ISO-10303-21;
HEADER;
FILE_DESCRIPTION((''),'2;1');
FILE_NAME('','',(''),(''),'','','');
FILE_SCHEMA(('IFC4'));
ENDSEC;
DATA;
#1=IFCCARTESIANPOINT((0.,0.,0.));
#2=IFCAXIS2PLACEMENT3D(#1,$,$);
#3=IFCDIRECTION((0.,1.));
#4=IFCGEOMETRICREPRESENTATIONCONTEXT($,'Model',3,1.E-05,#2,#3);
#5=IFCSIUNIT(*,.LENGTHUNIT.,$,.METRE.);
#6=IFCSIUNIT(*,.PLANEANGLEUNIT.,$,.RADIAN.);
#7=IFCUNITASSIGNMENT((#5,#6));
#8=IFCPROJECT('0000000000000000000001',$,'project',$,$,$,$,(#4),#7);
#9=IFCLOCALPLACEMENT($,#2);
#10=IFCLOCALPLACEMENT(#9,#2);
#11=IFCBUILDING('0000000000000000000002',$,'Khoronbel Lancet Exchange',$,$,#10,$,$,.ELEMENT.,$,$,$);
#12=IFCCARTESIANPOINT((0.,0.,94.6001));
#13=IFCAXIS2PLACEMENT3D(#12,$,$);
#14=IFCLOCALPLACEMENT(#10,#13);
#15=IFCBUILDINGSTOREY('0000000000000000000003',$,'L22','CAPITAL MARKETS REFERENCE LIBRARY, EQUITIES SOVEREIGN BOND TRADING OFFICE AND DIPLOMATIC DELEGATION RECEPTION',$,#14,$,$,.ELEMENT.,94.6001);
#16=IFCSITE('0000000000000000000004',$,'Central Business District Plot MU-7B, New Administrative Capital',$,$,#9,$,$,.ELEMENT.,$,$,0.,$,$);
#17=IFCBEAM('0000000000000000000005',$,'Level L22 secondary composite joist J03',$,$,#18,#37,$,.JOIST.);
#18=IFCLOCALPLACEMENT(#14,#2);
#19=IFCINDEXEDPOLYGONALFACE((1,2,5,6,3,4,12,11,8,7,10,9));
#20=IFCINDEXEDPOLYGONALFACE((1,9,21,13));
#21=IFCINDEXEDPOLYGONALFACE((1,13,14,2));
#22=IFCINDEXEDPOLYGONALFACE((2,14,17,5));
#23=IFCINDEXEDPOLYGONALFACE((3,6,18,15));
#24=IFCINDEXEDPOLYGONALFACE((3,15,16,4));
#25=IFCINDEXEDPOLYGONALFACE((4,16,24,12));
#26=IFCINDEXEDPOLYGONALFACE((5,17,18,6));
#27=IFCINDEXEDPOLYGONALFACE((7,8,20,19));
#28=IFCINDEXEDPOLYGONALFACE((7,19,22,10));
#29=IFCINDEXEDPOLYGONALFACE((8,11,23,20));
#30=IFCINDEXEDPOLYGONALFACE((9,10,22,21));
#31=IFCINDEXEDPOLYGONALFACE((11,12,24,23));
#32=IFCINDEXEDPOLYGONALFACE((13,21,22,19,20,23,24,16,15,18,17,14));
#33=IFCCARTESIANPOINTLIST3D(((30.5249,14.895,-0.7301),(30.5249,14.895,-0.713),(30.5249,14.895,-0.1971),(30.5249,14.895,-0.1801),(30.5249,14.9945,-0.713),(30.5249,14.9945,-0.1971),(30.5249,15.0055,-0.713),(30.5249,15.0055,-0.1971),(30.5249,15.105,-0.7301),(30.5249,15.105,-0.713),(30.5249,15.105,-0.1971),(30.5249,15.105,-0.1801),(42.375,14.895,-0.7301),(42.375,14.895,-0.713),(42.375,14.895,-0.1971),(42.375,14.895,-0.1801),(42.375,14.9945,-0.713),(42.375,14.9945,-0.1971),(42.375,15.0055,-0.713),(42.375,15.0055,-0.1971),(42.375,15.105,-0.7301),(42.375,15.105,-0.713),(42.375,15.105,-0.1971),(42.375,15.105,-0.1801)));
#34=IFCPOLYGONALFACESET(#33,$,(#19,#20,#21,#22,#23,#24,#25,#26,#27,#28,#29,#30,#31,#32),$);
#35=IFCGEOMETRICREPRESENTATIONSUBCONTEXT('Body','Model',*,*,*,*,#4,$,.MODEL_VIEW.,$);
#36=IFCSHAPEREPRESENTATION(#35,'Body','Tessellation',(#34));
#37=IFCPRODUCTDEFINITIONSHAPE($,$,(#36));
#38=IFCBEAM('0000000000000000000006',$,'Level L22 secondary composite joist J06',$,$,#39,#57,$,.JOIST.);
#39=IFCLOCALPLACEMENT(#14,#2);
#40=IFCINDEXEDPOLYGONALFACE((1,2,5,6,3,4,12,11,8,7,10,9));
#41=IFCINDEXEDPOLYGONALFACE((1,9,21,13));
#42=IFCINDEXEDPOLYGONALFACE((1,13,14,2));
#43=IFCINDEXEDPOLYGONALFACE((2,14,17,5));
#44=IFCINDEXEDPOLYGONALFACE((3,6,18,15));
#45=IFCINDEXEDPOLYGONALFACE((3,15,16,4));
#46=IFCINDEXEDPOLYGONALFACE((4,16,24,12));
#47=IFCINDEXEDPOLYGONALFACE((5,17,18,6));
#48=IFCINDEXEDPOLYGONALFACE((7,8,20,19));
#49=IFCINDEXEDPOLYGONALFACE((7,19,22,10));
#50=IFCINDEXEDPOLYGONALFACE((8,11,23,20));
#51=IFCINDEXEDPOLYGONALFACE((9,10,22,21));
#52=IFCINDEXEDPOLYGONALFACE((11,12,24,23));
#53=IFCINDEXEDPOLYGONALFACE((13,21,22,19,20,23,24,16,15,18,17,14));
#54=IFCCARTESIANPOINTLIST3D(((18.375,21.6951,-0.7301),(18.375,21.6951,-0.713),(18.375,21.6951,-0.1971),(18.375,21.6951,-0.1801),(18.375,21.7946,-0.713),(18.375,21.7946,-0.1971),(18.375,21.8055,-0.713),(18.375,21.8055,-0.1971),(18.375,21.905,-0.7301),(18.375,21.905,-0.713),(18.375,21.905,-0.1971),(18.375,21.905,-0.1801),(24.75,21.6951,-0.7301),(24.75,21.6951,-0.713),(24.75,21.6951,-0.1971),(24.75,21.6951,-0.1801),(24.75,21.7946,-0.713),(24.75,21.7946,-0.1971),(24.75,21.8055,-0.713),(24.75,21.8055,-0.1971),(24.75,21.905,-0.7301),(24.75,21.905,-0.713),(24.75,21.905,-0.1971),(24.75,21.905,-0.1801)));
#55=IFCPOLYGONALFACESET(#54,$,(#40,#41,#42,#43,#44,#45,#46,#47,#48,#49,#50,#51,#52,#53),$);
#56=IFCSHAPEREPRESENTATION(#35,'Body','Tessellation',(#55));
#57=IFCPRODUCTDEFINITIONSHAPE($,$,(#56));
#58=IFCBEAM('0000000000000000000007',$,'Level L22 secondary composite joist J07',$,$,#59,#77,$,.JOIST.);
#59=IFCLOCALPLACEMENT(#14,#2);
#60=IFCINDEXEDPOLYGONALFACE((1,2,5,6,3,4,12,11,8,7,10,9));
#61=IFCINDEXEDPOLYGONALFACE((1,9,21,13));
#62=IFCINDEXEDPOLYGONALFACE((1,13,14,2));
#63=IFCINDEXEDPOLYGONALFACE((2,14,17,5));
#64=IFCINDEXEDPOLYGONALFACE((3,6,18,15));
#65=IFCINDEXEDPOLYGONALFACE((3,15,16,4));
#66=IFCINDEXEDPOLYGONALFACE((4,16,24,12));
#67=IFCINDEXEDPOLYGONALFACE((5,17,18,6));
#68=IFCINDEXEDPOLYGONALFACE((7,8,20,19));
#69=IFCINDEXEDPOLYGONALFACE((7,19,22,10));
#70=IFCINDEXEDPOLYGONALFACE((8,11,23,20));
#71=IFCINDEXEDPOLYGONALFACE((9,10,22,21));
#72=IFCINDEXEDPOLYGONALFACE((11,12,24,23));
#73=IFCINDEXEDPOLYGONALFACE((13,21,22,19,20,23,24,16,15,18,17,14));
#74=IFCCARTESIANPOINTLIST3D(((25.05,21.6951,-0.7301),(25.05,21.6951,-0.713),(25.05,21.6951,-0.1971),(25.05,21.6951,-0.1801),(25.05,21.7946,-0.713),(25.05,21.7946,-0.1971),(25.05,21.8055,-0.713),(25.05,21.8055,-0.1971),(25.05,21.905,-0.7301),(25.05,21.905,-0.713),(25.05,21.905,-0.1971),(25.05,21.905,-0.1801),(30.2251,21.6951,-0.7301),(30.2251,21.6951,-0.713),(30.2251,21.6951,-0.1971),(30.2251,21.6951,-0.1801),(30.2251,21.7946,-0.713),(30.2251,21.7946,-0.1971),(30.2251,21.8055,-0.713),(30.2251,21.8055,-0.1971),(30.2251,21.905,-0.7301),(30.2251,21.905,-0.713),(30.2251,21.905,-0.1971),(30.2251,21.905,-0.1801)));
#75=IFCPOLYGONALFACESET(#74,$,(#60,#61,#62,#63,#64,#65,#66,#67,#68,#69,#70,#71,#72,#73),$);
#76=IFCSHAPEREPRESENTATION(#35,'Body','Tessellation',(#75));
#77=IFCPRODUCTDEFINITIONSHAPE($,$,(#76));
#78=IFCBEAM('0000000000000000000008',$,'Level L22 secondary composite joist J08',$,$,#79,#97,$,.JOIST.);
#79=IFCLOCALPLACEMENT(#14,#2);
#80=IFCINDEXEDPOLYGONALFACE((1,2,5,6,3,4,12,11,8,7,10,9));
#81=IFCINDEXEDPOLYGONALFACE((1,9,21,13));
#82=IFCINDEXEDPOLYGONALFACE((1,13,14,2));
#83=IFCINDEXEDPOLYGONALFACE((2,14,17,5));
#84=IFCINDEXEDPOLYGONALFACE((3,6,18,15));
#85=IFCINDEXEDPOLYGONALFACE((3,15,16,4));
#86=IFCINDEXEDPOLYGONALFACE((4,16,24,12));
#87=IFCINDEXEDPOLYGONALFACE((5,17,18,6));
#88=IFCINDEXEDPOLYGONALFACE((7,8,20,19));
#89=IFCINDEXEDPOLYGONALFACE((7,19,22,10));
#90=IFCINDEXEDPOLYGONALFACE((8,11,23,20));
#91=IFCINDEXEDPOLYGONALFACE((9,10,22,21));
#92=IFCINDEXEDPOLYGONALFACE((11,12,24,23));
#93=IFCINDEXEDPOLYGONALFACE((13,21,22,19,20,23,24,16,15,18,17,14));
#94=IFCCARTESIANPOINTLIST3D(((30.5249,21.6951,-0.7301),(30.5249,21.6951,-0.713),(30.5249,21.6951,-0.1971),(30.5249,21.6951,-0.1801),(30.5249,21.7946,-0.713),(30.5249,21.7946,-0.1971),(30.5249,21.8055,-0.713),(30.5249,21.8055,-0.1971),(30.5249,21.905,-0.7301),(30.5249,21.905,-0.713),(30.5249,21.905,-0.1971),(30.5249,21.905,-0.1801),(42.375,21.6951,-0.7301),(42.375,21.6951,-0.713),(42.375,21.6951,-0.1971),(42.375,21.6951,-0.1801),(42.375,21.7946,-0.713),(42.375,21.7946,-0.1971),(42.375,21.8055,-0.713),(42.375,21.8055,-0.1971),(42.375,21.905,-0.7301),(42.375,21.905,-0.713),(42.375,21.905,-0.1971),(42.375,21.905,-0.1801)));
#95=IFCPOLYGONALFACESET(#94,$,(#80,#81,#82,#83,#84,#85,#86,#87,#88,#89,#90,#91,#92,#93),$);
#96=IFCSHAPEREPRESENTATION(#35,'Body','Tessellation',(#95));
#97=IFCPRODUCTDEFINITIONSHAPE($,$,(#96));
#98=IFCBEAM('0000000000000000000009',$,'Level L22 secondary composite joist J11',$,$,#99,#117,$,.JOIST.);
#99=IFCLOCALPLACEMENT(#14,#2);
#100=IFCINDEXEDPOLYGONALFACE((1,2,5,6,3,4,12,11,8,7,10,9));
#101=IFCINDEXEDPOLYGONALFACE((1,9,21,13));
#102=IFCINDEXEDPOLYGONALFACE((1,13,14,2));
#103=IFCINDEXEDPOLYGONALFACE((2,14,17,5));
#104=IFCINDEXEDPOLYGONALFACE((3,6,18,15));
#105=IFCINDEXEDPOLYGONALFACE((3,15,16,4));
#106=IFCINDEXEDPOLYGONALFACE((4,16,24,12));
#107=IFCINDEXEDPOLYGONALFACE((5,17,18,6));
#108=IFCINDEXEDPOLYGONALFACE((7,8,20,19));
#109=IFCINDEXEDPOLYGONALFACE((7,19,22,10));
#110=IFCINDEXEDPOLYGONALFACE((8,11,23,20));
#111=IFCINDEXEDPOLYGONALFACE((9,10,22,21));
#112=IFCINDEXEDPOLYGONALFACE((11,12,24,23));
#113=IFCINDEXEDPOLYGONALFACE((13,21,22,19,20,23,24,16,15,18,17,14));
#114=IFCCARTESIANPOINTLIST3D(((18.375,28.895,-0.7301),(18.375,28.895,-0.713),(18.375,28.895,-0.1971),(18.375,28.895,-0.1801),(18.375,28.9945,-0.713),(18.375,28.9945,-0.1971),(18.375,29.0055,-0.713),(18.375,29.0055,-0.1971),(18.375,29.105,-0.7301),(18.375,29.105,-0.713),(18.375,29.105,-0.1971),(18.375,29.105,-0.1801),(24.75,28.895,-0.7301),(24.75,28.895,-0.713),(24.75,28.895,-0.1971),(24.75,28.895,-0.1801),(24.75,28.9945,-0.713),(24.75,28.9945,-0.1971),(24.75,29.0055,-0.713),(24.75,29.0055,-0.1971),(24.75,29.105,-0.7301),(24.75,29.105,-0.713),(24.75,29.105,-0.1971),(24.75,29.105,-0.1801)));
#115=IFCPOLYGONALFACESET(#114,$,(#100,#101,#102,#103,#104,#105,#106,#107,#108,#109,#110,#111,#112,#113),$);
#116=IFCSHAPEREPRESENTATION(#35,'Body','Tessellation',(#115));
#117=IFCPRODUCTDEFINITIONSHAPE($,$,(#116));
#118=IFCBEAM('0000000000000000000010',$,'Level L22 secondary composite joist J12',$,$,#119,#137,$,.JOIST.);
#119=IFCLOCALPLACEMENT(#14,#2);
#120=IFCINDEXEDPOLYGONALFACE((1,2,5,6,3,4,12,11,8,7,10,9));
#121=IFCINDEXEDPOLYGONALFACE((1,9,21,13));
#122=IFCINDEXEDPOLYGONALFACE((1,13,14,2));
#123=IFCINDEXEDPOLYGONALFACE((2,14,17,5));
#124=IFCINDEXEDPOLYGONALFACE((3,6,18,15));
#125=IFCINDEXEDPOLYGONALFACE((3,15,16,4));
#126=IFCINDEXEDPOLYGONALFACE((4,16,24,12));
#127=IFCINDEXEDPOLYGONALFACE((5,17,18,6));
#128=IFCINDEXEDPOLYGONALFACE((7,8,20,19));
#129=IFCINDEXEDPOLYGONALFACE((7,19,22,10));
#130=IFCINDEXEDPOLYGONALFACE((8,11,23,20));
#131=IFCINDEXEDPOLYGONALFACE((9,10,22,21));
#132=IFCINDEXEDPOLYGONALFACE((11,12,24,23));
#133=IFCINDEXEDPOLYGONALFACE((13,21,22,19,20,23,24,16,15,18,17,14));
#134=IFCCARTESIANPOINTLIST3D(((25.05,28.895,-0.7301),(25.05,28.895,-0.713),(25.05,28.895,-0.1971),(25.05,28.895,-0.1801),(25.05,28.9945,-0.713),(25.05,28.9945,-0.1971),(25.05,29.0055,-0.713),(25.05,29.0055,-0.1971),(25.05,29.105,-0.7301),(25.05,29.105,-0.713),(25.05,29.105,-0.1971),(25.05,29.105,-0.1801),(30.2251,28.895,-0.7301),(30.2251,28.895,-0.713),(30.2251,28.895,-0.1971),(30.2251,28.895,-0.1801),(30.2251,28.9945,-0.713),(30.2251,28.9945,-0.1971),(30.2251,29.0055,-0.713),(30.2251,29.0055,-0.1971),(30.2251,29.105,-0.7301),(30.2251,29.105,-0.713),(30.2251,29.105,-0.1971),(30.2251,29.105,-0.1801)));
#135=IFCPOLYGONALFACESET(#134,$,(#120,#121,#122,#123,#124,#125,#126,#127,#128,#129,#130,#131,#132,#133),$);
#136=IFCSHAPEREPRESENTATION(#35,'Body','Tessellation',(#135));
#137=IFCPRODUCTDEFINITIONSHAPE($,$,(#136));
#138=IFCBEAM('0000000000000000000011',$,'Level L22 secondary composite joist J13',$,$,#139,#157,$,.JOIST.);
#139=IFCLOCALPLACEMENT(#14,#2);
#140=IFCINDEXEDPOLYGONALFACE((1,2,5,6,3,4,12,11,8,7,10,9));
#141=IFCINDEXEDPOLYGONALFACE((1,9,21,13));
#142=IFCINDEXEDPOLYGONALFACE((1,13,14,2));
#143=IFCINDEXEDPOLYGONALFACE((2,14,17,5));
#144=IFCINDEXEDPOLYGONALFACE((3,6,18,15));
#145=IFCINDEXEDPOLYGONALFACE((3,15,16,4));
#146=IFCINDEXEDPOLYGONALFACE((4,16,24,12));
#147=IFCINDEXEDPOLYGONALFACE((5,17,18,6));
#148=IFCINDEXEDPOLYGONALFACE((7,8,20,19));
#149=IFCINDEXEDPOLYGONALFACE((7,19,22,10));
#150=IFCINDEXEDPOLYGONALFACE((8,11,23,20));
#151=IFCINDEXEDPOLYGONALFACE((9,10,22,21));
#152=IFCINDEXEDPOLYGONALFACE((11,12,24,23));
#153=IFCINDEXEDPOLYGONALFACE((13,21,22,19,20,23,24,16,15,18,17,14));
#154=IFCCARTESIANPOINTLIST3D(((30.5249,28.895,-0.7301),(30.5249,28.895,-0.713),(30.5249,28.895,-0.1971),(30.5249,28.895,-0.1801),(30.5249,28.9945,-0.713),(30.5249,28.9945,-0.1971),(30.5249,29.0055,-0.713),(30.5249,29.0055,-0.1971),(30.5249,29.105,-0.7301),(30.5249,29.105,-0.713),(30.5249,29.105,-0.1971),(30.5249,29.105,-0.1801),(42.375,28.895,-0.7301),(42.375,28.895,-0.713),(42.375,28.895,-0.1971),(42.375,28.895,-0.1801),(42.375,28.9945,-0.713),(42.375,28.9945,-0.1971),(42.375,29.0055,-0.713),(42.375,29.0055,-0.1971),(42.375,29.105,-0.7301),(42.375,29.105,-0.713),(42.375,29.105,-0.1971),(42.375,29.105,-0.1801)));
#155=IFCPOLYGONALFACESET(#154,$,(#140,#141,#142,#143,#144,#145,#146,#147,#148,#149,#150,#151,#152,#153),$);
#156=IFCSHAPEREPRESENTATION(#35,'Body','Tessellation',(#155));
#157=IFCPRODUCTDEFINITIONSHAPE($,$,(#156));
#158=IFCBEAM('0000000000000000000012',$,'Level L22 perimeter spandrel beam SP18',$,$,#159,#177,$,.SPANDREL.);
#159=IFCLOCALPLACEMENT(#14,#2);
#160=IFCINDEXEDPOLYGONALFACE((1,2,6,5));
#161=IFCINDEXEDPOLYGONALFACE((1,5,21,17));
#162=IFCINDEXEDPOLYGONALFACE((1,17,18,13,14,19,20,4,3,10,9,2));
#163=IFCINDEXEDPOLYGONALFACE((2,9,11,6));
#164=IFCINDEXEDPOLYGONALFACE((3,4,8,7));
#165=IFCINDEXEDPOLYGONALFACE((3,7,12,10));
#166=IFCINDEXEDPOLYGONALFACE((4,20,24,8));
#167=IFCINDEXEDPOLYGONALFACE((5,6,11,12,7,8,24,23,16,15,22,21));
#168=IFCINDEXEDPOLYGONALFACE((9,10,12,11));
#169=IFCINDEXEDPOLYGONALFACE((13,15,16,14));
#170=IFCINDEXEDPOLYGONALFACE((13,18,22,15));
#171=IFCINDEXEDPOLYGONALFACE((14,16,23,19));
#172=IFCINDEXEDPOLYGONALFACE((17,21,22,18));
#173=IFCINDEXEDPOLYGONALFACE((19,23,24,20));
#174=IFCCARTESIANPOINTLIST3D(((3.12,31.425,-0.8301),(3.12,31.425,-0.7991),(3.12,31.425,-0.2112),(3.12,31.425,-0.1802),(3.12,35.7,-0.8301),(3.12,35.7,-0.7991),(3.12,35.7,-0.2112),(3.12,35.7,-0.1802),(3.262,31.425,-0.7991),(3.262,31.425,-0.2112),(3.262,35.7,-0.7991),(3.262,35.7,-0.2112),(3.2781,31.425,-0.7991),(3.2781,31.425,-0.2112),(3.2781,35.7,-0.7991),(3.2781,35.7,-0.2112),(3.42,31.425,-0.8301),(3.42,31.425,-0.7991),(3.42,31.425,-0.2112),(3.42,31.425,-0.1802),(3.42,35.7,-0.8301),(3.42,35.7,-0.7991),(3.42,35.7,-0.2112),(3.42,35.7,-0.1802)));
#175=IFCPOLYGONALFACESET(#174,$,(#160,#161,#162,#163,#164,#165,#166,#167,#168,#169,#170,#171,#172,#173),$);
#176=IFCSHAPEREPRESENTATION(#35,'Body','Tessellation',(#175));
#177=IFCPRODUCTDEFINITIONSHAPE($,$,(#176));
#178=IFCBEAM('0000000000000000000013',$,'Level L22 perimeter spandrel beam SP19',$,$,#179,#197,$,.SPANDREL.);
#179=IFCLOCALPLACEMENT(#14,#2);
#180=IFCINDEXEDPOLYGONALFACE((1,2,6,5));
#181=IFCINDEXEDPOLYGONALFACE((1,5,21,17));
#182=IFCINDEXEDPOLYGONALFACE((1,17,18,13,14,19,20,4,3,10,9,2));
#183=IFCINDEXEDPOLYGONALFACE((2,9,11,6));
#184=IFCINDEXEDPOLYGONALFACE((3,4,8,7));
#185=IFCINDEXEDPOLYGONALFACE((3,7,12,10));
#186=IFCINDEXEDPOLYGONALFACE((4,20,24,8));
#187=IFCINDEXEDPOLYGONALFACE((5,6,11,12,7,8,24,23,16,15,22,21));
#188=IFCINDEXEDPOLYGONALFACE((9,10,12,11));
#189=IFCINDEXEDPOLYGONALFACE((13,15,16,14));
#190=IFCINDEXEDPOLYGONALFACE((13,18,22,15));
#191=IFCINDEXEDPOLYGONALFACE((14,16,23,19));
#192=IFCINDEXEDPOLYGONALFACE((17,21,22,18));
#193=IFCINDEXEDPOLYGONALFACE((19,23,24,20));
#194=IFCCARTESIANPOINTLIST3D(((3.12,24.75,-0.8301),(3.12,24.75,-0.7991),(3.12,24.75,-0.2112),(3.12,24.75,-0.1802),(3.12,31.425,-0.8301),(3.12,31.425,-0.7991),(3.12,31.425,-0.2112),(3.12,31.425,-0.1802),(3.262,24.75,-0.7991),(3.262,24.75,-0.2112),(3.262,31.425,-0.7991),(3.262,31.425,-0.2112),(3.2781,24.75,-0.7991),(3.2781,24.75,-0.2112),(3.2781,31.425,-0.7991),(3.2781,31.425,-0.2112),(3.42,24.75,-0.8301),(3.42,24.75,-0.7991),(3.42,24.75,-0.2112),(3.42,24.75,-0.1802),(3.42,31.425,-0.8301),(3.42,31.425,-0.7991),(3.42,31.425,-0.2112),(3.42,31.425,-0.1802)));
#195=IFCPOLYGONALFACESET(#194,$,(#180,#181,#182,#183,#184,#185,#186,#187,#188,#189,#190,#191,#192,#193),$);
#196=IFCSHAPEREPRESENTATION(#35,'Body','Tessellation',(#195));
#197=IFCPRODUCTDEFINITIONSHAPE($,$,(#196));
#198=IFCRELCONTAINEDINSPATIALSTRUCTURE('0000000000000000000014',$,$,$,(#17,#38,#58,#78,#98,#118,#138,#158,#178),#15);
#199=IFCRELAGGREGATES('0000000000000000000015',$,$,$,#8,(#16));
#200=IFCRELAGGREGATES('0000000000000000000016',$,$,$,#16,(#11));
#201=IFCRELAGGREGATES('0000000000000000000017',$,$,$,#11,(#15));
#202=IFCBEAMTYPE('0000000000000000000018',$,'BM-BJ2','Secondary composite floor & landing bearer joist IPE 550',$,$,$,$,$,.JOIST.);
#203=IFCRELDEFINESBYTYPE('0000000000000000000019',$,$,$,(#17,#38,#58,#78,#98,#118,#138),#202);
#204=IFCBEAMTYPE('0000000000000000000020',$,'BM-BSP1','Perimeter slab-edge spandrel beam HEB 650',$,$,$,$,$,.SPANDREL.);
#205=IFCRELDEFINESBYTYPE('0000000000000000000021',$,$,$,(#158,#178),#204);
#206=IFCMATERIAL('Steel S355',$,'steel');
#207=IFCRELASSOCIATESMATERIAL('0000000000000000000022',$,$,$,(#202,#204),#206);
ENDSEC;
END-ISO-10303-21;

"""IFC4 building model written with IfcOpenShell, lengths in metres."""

from ifc_helpers import new_model, si_unit, direction, frame, origin, origin_2d, place, context, subcontext, project, spatial, i_section, extrude, material, material_profile, profile_set, type_object, element, save


model = new_model("IFC4")

# Units and contexts
model_context = context("Model", 3, precision=1e-05, world=origin(), true_north=direction((0.0, 1.0)))
body_context = subcontext(model_context, "Body", "Model", "MODEL_VIEW")
ifc_project = project(units=[si_unit("LENGTHUNIT", "METRE"), si_unit("PLANEANGLEUNIT", "RADIAN")], contexts=[model_context])

# Site, building, storey
site_placement = place(None, origin())
site = spatial("IfcSite", under=ifc_project, at=site_placement, Name="Central Business District Plot MU-7B, New Administrative Capital", CompositionType="ELEMENT", RefElevation=0.0)
building_placement = place(site_placement, origin())
building = spatial("IfcBuilding", under=site, at=building_placement, Name="Khoronbel Lancet Exchange", CompositionType="ELEMENT")
storey_placement = place(building_placement, frame((0.0, 0.0, 94.6001)))
storey = spatial("IfcBuildingStorey", under=building, at=storey_placement, Name="L22", Description="CAPITAL MARKETS REFERENCE LIBRARY, EQUITIES SOVEREIGN BOND TRADING OFFICE AND DIPLOMATIC DELEGATION RECEPTION", CompositionType="ELEMENT", Elevation=94.6001)

# Shared definitions
ifc_material_1 = material(Name="Steel S355", Category="steel")

# Beams
ifc_material_profile_1 = material_profile(ifc_material_1, i_section(OverallWidth=0.21, OverallDepth=0.55, WebThickness=0.011, FlangeThickness=0.0171, at=origin_2d()), Name="IPE 550")
ifc_profile_set_1 = profile_set([ifc_material_profile_1], Name="Steel S355")
beam_type_1 = type_object("IfcBeamType", Name="BM-BJ2", Description="Secondary composite floor & landing bearer joist IPE 550", PredefinedType="JOIST", material=ifc_profile_set_1)
beam_1_placement = place(storey_placement, frame((30.5249, 15.0, -0.4551), z_axis=(1.0, 0.0, 0.0), x_axis=(0.0, 1.0, 0.0)))
element("IfcBeam", 1, at=beam_1_placement, inside=storey, type_object=beam_type_1, Name="Level L22 secondary composite joist J03", PredefinedType="JOIST", context=body_context, shape_type="SweptSolid", body=[
    extrude(i_section(OverallWidth=0.21, OverallDepth=0.55, WebThickness=0.011, FlangeThickness=0.0171, at=origin_2d()), origin(), (0.0, 0.0, 1.0), 11.8501),
])
beam_2_placement = place(storey_placement, frame((18.375, 21.8, -0.4551), z_axis=(1.0, 0.0, 0.0), x_axis=(0.0, 1.0, 0.0)))
element("IfcBeam", 2, at=beam_2_placement, inside=storey, type_object=beam_type_1, Name="Level L22 secondary composite joist J06", PredefinedType="JOIST", context=body_context, shape_type="SweptSolid", body=[
    extrude(i_section(OverallWidth=0.21, OverallDepth=0.55, WebThickness=0.011, FlangeThickness=0.0171, at=origin_2d()), origin(), (0.0, 0.0, 1.0), 6.375),
])
beam_3_placement = place(storey_placement, frame((25.05, 21.8, -0.4551), z_axis=(1.0, 0.0, 0.0), x_axis=(0.0, 1.0, 0.0)))
element("IfcBeam", 3, at=beam_3_placement, inside=storey, type_object=beam_type_1, Name="Level L22 secondary composite joist J07", PredefinedType="JOIST", context=body_context, shape_type="SweptSolid", body=[
    extrude(i_section(OverallWidth=0.21, OverallDepth=0.55, WebThickness=0.011, FlangeThickness=0.0171, at=origin_2d()), origin(), (0.0, 0.0, 1.0), 5.175),
])
beam_4_placement = place(storey_placement, frame((30.5249, 21.8, -0.4551), z_axis=(1.0, 0.0, 0.0), x_axis=(0.0, 1.0, 0.0)))
element("IfcBeam", 4, at=beam_4_placement, inside=storey, type_object=beam_type_1, Name="Level L22 secondary composite joist J08", PredefinedType="JOIST", context=body_context, shape_type="SweptSolid", body=[
    extrude(i_section(OverallWidth=0.21, OverallDepth=0.55, WebThickness=0.011, FlangeThickness=0.0171, at=origin_2d()), origin(), (0.0, 0.0, 1.0), 11.8501),
])
beam_5_placement = place(storey_placement, frame((18.375, 29.0, -0.4551), z_axis=(1.0, 0.0, 0.0), x_axis=(0.0, 1.0, 0.0)))
element("IfcBeam", 5, at=beam_5_placement, inside=storey, type_object=beam_type_1, Name="Level L22 secondary composite joist J11", PredefinedType="JOIST", context=body_context, shape_type="SweptSolid", body=[
    extrude(i_section(OverallWidth=0.21, OverallDepth=0.55, WebThickness=0.011, FlangeThickness=0.0171, at=origin_2d()), origin(), (0.0, 0.0, 1.0), 6.375),
])
beam_6_placement = place(storey_placement, frame((25.05, 29.0, -0.4551), z_axis=(1.0, 0.0, 0.0), x_axis=(0.0, 1.0, 0.0)))
element("IfcBeam", 6, at=beam_6_placement, inside=storey, type_object=beam_type_1, Name="Level L22 secondary composite joist J12", PredefinedType="JOIST", context=body_context, shape_type="SweptSolid", body=[
    extrude(i_section(OverallWidth=0.21, OverallDepth=0.55, WebThickness=0.011, FlangeThickness=0.0171, at=origin_2d()), origin(), (0.0, 0.0, 1.0), 5.175),
])
beam_7_placement = place(storey_placement, frame((30.5249, 29.0, -0.4551), z_axis=(1.0, 0.0, 0.0), x_axis=(0.0, 1.0, 0.0)))
element("IfcBeam", 7, at=beam_7_placement, inside=storey, type_object=beam_type_1, Name="Level L22 secondary composite joist J13", PredefinedType="JOIST", context=body_context, shape_type="SweptSolid", body=[
    extrude(i_section(OverallWidth=0.21, OverallDepth=0.55, WebThickness=0.011, FlangeThickness=0.0171, at=origin_2d()), origin(), (0.0, 0.0, 1.0), 11.8501),
])
ifc_material_profile_2 = material_profile(ifc_material_1, i_section(OverallWidth=0.3, OverallDepth=0.6499, WebThickness=0.0161, FlangeThickness=0.031, at=origin_2d()), Name="HEB 650")
ifc_profile_set_2 = profile_set([ifc_material_profile_2], Name="Steel S355")
beam_type_2 = type_object("IfcBeamType", Name="BM-BSP1", Description="Perimeter slab-edge spandrel beam HEB 650", PredefinedType="SPANDREL", material=ifc_profile_set_2)
beam_8_placement = place(storey_placement, frame((3.27, 35.7, -0.5051), z_axis=(0.0, -1.0, 0.0), x_axis=(1.0, 0.0, 0.0)))
element("IfcBeam", 8, at=beam_8_placement, inside=storey, type_object=beam_type_2, Name="Level L22 perimeter spandrel beam SP18", PredefinedType="SPANDREL", context=body_context, shape_type="SweptSolid", body=[
    extrude(i_section(OverallWidth=0.3, OverallDepth=0.6499, WebThickness=0.0161, FlangeThickness=0.031, at=origin_2d()), origin(), (0.0, 0.0, 1.0), 4.2749),
])
beam_9_placement = place(storey_placement, frame((3.27, 31.425, -0.5051), z_axis=(0.0, -1.0, 0.0), x_axis=(1.0, 0.0, 0.0)))
element("IfcBeam", 9, at=beam_9_placement, inside=storey, type_object=beam_type_2, Name="Level L22 perimeter spandrel beam SP19", PredefinedType="SPANDREL", context=body_context, shape_type="SweptSolid", body=[
    extrude(i_section(OverallWidth=0.3, OverallDepth=0.6499, WebThickness=0.0161, FlangeThickness=0.031, at=origin_2d()), origin(), (0.0, 0.0, 1.0), 6.675),
])

save(model, "model.ifc")
